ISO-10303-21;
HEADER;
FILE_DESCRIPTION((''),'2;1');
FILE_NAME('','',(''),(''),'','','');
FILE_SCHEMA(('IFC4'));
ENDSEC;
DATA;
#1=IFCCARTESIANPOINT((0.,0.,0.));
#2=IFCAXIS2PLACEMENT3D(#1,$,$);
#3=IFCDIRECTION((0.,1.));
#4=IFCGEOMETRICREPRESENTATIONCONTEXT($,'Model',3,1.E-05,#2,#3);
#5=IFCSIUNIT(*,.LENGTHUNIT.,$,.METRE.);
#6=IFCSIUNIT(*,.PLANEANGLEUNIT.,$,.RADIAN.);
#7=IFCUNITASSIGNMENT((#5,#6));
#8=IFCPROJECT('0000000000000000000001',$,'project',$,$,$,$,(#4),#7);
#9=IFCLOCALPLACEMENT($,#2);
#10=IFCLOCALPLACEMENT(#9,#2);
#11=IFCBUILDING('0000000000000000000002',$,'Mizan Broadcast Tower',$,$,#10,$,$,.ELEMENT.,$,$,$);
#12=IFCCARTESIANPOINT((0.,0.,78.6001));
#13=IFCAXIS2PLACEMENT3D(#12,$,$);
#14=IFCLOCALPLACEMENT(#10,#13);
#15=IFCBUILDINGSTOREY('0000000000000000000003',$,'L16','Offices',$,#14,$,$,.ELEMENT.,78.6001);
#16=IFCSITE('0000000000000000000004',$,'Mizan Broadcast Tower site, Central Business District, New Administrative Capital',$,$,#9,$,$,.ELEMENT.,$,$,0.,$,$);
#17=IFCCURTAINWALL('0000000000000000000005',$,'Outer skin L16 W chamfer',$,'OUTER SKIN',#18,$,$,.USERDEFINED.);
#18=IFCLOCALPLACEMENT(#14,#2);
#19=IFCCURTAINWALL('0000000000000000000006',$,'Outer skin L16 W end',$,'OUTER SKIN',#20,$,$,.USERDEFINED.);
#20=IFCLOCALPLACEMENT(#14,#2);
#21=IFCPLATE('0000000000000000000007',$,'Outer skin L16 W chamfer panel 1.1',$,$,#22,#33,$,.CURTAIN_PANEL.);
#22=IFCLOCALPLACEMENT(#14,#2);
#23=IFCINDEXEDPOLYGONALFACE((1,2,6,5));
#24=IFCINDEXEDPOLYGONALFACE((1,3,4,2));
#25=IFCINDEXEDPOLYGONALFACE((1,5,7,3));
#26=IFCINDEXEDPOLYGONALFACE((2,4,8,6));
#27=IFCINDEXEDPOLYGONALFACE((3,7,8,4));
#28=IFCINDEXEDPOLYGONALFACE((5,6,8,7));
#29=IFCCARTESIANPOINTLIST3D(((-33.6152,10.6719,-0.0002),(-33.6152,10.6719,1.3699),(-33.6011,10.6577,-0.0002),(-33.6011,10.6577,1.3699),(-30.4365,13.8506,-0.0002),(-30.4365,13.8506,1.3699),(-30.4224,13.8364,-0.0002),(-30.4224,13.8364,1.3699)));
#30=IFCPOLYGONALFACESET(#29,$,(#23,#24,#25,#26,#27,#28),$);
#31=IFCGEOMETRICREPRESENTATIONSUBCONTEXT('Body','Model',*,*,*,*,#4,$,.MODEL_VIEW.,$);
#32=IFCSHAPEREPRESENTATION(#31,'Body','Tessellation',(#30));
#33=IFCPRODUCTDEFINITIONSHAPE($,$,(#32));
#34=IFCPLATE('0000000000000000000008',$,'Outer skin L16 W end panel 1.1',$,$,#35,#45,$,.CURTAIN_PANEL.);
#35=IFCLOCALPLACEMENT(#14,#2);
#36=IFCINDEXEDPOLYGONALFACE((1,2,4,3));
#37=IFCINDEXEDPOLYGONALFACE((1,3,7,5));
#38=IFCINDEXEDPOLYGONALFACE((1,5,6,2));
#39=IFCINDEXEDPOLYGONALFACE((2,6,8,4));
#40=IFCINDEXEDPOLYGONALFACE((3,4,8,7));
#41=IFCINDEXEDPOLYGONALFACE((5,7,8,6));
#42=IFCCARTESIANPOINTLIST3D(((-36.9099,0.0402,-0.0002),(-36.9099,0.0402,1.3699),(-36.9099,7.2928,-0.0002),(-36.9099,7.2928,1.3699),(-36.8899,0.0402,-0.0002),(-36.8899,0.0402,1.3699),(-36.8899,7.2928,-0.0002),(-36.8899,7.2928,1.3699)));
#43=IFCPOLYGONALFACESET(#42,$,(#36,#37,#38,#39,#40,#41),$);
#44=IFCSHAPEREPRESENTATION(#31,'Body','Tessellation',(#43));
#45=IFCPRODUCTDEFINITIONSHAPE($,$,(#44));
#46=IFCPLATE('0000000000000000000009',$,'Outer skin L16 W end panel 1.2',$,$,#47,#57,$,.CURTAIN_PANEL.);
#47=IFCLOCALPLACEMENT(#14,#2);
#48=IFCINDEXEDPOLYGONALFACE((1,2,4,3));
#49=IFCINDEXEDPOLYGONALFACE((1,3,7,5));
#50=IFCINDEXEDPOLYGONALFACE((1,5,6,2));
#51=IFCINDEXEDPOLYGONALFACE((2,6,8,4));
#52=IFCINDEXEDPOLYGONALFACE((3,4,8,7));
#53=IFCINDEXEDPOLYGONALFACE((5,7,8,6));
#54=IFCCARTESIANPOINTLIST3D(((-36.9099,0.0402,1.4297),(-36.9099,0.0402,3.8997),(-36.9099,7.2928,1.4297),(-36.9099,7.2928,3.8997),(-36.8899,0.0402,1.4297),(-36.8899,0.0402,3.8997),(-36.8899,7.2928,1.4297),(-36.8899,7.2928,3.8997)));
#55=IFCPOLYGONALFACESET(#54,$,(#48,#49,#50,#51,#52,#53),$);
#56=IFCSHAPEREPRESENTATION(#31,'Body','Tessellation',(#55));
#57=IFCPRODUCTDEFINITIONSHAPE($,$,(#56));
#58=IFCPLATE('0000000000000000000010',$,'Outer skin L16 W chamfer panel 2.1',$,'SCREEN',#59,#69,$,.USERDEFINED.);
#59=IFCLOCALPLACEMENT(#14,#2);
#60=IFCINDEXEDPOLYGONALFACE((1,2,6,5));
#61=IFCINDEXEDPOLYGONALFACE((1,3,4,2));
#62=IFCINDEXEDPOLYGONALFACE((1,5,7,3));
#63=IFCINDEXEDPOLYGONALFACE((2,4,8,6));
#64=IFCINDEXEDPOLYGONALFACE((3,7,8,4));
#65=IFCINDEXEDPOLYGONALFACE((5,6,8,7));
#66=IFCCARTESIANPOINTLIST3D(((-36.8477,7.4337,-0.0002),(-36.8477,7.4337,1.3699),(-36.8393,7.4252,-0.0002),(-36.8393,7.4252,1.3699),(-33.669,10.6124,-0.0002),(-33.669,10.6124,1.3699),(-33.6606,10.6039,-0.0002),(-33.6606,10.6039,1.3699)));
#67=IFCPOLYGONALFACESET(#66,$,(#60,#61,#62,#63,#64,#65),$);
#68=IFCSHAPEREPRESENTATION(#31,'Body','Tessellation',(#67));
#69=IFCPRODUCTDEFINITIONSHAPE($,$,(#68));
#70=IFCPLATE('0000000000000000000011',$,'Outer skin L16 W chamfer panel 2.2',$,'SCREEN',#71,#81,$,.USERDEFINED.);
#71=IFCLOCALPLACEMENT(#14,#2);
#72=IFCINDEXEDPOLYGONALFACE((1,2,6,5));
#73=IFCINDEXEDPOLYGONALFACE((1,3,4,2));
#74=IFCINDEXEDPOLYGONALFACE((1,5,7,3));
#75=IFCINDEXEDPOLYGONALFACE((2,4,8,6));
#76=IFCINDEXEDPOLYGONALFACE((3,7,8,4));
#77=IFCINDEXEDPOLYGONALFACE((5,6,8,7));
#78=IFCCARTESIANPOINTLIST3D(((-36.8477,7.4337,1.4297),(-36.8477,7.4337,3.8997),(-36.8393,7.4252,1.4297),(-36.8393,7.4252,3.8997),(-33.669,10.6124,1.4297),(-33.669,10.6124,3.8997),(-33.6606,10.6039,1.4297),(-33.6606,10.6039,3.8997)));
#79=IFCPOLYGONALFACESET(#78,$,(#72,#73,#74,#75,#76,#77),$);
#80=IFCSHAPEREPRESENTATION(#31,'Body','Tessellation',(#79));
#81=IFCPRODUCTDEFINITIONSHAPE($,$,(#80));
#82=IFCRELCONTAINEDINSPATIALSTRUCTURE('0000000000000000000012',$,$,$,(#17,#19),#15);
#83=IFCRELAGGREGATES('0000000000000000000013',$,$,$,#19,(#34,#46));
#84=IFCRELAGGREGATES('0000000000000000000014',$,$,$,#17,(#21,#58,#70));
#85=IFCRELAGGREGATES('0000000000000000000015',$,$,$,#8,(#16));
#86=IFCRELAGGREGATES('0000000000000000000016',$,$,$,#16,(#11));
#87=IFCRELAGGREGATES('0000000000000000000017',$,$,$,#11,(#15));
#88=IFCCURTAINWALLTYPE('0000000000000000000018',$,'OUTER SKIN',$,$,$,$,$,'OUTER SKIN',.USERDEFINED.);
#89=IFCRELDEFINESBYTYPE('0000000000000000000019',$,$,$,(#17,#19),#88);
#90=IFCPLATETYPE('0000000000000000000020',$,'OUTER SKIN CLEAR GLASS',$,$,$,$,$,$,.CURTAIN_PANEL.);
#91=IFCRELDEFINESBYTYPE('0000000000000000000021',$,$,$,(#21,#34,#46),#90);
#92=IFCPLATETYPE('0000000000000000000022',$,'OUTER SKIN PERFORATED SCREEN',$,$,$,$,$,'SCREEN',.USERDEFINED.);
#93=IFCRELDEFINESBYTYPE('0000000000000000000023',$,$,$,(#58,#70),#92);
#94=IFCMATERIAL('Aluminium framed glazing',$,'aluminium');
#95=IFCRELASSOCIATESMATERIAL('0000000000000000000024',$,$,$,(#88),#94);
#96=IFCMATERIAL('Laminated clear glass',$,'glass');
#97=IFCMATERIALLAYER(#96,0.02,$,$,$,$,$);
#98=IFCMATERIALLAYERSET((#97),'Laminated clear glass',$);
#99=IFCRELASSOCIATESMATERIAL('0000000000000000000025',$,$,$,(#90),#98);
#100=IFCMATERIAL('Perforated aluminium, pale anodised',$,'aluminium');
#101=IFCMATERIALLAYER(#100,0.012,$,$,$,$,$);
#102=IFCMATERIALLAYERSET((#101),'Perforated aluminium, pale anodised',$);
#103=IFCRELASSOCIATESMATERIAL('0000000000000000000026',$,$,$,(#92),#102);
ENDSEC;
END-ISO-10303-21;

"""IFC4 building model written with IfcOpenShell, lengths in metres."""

from ifc_helpers import new_model, si_unit, direction, frame, origin, origin_2d, place, context, subcontext, project, spatial, rectangle, extrude, material, layer, layer_set, type_object, element, aggregate, save


model = new_model("IFC4")

# Units and contexts
model_context = context("Model", 3, precision=1e-05, world=origin(), true_north=direction((0.0, 1.0)))
body_context = subcontext(model_context, "Body", "Model", "MODEL_VIEW")
ifc_project = project(units=[si_unit("LENGTHUNIT", "METRE"), si_unit("PLANEANGLEUNIT", "RADIAN")], contexts=[model_context])

# Site, building, storey
site_placement = place(None, origin())
site = spatial("IfcSite", under=ifc_project, at=site_placement, Name="Mizan Broadcast Tower site, Central Business District, New Administrative Capital", CompositionType="ELEMENT", RefElevation=0.0)
building_placement = place(site_placement, origin())
building = spatial("IfcBuilding", under=site, at=building_placement, Name="Mizan Broadcast Tower", CompositionType="ELEMENT")
storey_placement = place(building_placement, frame((0.0, 0.0, 78.6001)))
storey = spatial("IfcBuildingStorey", under=building, at=storey_placement, Name="L16", Description="Offices", CompositionType="ELEMENT", Elevation=78.6001)

# Curtain wall
ifc_material_1 = material(Name="Aluminium framed glazing", Category="aluminium")
curtain_wall_type_1 = type_object("IfcCurtainWallType", Name="OUTER SKIN", ElementType="OUTER SKIN", PredefinedType="USERDEFINED", material=ifc_material_1)
curtain_wall_1_placement = place(storey_placement, origin())
curtain_wall_1 = element("IfcCurtainWall", 1, at=curtain_wall_1_placement, inside=storey, type_object=curtain_wall_type_1, Name="Outer skin L16 W chamfer", ObjectType="OUTER SKIN", PredefinedType="USERDEFINED")

# Curtain wall
curtain_wall_2_placement = place(storey_placement, origin())
curtain_wall_2 = element("IfcCurtainWall", 2, at=curtain_wall_2_placement, inside=storey, type_object=curtain_wall_type_1, Name="Outer skin L16 W end", ObjectType="OUTER SKIN", PredefinedType="USERDEFINED")

# Plates
ifc_material_2 = material(Name="Laminated clear glass", Category="glass")
ifc_layer_1 = layer(ifc_material_2, 0.02)
ifc_layer_set_1 = layer_set([ifc_layer_1], Name="Laminated clear glass")
plate_type_1 = type_object("IfcPlateType", Name="OUTER SKIN CLEAR GLASS", PredefinedType="CURTAIN_PANEL", material=ifc_layer_set_1)
plate_1_placement = place(storey_placement, frame((-32.0188, 12.2542, -0.0002), z_axis=(0.0, 0.0, 1.0), x_axis=(-0.707107, -0.707107, 0.0)))
plate_1 = element("IfcPlate", 3, at=plate_1_placement, type_object=plate_type_1, Name="Outer skin L16 W chamfer panel 1.1", PredefinedType="CURTAIN_PANEL", context=body_context, shape_type="SweptSolid", body=[
    extrude(rectangle(XDim=4.4954, YDim=0.02, at=origin_2d()), origin(), (0.0, 0.0, 1.0), 1.3701),
])
plate_2_placement = place(storey_placement, frame((-36.8999, 3.6665, -0.0002), z_axis=(0.0, 0.0, 1.0), x_axis=(0.0, -1.0, 0.0)))
plate_2 = element("IfcPlate", 4, at=plate_2_placement, type_object=plate_type_1, Name="Outer skin L16 W end panel 1.1", PredefinedType="CURTAIN_PANEL", context=body_context, shape_type="SweptSolid", body=[
    extrude(rectangle(XDim=7.2527, YDim=0.02, at=origin_2d()), origin(), (0.0, 0.0, 1.0), 1.3701),
])
plate_3_placement = place(storey_placement, frame((-36.8999, 3.6665, 1.4297), z_axis=(0.0, 0.0, 1.0), x_axis=(0.0, -1.0, 0.0)))
plate_3 = element("IfcPlate", 5, at=plate_3_placement, type_object=plate_type_1, Name="Outer skin L16 W end panel 1.2", PredefinedType="CURTAIN_PANEL", context=body_context, shape_type="SweptSolid", body=[
    extrude(rectangle(XDim=7.2527, YDim=0.02, at=origin_2d()), origin(), (0.0, 0.0, 1.0), 2.47),
])
aggregate(curtain_wall_2, [plate_2, plate_3])
ifc_material_3 = material(Name="Perforated aluminium, pale anodised", Category="aluminium")
ifc_layer_2 = layer(ifc_material_3, 0.012)
ifc_layer_set_2 = layer_set([ifc_layer_2], Name="Perforated aluminium, pale anodised")
plate_type_2 = type_object("IfcPlateType", Name="OUTER SKIN PERFORATED SCREEN", ElementType="SCREEN", PredefinedType="USERDEFINED", material=ifc_layer_set_2)
plate_4_placement = place(storey_placement, frame((-35.2542, 9.0188, -0.0002), z_axis=(0.0, 0.0, 1.0), x_axis=(-0.707107, -0.707107, 0.0)))
plate_4 = element("IfcPlate", 6, at=plate_4_placement, type_object=plate_type_2, Name="Outer skin L16 W chamfer panel 2.1", ObjectType="SCREEN", PredefinedType="USERDEFINED", context=body_context, shape_type="SweptSolid", body=[
    extrude(rectangle(XDim=4.4954, YDim=0.012, at=origin_2d()), origin(), (0.0, 0.0, 1.0), 1.3701),
])
plate_5_placement = place(storey_placement, frame((-35.2542, 9.0188, 1.4297), z_axis=(0.0, 0.0, 1.0), x_axis=(-0.707107, -0.707107, 0.0)))
plate_5 = element("IfcPlate", 7, at=plate_5_placement, type_object=plate_type_2, Name="Outer skin L16 W chamfer panel 2.2", ObjectType="SCREEN", PredefinedType="USERDEFINED", context=body_context, shape_type="SweptSolid", body=[
    extrude(rectangle(XDim=4.4954, YDim=0.012, at=origin_2d()), origin(), (0.0, 0.0, 1.0), 2.47),
])
aggregate(curtain_wall_1, [plate_1, plate_4, plate_5])

save(model, "model.ifc")
